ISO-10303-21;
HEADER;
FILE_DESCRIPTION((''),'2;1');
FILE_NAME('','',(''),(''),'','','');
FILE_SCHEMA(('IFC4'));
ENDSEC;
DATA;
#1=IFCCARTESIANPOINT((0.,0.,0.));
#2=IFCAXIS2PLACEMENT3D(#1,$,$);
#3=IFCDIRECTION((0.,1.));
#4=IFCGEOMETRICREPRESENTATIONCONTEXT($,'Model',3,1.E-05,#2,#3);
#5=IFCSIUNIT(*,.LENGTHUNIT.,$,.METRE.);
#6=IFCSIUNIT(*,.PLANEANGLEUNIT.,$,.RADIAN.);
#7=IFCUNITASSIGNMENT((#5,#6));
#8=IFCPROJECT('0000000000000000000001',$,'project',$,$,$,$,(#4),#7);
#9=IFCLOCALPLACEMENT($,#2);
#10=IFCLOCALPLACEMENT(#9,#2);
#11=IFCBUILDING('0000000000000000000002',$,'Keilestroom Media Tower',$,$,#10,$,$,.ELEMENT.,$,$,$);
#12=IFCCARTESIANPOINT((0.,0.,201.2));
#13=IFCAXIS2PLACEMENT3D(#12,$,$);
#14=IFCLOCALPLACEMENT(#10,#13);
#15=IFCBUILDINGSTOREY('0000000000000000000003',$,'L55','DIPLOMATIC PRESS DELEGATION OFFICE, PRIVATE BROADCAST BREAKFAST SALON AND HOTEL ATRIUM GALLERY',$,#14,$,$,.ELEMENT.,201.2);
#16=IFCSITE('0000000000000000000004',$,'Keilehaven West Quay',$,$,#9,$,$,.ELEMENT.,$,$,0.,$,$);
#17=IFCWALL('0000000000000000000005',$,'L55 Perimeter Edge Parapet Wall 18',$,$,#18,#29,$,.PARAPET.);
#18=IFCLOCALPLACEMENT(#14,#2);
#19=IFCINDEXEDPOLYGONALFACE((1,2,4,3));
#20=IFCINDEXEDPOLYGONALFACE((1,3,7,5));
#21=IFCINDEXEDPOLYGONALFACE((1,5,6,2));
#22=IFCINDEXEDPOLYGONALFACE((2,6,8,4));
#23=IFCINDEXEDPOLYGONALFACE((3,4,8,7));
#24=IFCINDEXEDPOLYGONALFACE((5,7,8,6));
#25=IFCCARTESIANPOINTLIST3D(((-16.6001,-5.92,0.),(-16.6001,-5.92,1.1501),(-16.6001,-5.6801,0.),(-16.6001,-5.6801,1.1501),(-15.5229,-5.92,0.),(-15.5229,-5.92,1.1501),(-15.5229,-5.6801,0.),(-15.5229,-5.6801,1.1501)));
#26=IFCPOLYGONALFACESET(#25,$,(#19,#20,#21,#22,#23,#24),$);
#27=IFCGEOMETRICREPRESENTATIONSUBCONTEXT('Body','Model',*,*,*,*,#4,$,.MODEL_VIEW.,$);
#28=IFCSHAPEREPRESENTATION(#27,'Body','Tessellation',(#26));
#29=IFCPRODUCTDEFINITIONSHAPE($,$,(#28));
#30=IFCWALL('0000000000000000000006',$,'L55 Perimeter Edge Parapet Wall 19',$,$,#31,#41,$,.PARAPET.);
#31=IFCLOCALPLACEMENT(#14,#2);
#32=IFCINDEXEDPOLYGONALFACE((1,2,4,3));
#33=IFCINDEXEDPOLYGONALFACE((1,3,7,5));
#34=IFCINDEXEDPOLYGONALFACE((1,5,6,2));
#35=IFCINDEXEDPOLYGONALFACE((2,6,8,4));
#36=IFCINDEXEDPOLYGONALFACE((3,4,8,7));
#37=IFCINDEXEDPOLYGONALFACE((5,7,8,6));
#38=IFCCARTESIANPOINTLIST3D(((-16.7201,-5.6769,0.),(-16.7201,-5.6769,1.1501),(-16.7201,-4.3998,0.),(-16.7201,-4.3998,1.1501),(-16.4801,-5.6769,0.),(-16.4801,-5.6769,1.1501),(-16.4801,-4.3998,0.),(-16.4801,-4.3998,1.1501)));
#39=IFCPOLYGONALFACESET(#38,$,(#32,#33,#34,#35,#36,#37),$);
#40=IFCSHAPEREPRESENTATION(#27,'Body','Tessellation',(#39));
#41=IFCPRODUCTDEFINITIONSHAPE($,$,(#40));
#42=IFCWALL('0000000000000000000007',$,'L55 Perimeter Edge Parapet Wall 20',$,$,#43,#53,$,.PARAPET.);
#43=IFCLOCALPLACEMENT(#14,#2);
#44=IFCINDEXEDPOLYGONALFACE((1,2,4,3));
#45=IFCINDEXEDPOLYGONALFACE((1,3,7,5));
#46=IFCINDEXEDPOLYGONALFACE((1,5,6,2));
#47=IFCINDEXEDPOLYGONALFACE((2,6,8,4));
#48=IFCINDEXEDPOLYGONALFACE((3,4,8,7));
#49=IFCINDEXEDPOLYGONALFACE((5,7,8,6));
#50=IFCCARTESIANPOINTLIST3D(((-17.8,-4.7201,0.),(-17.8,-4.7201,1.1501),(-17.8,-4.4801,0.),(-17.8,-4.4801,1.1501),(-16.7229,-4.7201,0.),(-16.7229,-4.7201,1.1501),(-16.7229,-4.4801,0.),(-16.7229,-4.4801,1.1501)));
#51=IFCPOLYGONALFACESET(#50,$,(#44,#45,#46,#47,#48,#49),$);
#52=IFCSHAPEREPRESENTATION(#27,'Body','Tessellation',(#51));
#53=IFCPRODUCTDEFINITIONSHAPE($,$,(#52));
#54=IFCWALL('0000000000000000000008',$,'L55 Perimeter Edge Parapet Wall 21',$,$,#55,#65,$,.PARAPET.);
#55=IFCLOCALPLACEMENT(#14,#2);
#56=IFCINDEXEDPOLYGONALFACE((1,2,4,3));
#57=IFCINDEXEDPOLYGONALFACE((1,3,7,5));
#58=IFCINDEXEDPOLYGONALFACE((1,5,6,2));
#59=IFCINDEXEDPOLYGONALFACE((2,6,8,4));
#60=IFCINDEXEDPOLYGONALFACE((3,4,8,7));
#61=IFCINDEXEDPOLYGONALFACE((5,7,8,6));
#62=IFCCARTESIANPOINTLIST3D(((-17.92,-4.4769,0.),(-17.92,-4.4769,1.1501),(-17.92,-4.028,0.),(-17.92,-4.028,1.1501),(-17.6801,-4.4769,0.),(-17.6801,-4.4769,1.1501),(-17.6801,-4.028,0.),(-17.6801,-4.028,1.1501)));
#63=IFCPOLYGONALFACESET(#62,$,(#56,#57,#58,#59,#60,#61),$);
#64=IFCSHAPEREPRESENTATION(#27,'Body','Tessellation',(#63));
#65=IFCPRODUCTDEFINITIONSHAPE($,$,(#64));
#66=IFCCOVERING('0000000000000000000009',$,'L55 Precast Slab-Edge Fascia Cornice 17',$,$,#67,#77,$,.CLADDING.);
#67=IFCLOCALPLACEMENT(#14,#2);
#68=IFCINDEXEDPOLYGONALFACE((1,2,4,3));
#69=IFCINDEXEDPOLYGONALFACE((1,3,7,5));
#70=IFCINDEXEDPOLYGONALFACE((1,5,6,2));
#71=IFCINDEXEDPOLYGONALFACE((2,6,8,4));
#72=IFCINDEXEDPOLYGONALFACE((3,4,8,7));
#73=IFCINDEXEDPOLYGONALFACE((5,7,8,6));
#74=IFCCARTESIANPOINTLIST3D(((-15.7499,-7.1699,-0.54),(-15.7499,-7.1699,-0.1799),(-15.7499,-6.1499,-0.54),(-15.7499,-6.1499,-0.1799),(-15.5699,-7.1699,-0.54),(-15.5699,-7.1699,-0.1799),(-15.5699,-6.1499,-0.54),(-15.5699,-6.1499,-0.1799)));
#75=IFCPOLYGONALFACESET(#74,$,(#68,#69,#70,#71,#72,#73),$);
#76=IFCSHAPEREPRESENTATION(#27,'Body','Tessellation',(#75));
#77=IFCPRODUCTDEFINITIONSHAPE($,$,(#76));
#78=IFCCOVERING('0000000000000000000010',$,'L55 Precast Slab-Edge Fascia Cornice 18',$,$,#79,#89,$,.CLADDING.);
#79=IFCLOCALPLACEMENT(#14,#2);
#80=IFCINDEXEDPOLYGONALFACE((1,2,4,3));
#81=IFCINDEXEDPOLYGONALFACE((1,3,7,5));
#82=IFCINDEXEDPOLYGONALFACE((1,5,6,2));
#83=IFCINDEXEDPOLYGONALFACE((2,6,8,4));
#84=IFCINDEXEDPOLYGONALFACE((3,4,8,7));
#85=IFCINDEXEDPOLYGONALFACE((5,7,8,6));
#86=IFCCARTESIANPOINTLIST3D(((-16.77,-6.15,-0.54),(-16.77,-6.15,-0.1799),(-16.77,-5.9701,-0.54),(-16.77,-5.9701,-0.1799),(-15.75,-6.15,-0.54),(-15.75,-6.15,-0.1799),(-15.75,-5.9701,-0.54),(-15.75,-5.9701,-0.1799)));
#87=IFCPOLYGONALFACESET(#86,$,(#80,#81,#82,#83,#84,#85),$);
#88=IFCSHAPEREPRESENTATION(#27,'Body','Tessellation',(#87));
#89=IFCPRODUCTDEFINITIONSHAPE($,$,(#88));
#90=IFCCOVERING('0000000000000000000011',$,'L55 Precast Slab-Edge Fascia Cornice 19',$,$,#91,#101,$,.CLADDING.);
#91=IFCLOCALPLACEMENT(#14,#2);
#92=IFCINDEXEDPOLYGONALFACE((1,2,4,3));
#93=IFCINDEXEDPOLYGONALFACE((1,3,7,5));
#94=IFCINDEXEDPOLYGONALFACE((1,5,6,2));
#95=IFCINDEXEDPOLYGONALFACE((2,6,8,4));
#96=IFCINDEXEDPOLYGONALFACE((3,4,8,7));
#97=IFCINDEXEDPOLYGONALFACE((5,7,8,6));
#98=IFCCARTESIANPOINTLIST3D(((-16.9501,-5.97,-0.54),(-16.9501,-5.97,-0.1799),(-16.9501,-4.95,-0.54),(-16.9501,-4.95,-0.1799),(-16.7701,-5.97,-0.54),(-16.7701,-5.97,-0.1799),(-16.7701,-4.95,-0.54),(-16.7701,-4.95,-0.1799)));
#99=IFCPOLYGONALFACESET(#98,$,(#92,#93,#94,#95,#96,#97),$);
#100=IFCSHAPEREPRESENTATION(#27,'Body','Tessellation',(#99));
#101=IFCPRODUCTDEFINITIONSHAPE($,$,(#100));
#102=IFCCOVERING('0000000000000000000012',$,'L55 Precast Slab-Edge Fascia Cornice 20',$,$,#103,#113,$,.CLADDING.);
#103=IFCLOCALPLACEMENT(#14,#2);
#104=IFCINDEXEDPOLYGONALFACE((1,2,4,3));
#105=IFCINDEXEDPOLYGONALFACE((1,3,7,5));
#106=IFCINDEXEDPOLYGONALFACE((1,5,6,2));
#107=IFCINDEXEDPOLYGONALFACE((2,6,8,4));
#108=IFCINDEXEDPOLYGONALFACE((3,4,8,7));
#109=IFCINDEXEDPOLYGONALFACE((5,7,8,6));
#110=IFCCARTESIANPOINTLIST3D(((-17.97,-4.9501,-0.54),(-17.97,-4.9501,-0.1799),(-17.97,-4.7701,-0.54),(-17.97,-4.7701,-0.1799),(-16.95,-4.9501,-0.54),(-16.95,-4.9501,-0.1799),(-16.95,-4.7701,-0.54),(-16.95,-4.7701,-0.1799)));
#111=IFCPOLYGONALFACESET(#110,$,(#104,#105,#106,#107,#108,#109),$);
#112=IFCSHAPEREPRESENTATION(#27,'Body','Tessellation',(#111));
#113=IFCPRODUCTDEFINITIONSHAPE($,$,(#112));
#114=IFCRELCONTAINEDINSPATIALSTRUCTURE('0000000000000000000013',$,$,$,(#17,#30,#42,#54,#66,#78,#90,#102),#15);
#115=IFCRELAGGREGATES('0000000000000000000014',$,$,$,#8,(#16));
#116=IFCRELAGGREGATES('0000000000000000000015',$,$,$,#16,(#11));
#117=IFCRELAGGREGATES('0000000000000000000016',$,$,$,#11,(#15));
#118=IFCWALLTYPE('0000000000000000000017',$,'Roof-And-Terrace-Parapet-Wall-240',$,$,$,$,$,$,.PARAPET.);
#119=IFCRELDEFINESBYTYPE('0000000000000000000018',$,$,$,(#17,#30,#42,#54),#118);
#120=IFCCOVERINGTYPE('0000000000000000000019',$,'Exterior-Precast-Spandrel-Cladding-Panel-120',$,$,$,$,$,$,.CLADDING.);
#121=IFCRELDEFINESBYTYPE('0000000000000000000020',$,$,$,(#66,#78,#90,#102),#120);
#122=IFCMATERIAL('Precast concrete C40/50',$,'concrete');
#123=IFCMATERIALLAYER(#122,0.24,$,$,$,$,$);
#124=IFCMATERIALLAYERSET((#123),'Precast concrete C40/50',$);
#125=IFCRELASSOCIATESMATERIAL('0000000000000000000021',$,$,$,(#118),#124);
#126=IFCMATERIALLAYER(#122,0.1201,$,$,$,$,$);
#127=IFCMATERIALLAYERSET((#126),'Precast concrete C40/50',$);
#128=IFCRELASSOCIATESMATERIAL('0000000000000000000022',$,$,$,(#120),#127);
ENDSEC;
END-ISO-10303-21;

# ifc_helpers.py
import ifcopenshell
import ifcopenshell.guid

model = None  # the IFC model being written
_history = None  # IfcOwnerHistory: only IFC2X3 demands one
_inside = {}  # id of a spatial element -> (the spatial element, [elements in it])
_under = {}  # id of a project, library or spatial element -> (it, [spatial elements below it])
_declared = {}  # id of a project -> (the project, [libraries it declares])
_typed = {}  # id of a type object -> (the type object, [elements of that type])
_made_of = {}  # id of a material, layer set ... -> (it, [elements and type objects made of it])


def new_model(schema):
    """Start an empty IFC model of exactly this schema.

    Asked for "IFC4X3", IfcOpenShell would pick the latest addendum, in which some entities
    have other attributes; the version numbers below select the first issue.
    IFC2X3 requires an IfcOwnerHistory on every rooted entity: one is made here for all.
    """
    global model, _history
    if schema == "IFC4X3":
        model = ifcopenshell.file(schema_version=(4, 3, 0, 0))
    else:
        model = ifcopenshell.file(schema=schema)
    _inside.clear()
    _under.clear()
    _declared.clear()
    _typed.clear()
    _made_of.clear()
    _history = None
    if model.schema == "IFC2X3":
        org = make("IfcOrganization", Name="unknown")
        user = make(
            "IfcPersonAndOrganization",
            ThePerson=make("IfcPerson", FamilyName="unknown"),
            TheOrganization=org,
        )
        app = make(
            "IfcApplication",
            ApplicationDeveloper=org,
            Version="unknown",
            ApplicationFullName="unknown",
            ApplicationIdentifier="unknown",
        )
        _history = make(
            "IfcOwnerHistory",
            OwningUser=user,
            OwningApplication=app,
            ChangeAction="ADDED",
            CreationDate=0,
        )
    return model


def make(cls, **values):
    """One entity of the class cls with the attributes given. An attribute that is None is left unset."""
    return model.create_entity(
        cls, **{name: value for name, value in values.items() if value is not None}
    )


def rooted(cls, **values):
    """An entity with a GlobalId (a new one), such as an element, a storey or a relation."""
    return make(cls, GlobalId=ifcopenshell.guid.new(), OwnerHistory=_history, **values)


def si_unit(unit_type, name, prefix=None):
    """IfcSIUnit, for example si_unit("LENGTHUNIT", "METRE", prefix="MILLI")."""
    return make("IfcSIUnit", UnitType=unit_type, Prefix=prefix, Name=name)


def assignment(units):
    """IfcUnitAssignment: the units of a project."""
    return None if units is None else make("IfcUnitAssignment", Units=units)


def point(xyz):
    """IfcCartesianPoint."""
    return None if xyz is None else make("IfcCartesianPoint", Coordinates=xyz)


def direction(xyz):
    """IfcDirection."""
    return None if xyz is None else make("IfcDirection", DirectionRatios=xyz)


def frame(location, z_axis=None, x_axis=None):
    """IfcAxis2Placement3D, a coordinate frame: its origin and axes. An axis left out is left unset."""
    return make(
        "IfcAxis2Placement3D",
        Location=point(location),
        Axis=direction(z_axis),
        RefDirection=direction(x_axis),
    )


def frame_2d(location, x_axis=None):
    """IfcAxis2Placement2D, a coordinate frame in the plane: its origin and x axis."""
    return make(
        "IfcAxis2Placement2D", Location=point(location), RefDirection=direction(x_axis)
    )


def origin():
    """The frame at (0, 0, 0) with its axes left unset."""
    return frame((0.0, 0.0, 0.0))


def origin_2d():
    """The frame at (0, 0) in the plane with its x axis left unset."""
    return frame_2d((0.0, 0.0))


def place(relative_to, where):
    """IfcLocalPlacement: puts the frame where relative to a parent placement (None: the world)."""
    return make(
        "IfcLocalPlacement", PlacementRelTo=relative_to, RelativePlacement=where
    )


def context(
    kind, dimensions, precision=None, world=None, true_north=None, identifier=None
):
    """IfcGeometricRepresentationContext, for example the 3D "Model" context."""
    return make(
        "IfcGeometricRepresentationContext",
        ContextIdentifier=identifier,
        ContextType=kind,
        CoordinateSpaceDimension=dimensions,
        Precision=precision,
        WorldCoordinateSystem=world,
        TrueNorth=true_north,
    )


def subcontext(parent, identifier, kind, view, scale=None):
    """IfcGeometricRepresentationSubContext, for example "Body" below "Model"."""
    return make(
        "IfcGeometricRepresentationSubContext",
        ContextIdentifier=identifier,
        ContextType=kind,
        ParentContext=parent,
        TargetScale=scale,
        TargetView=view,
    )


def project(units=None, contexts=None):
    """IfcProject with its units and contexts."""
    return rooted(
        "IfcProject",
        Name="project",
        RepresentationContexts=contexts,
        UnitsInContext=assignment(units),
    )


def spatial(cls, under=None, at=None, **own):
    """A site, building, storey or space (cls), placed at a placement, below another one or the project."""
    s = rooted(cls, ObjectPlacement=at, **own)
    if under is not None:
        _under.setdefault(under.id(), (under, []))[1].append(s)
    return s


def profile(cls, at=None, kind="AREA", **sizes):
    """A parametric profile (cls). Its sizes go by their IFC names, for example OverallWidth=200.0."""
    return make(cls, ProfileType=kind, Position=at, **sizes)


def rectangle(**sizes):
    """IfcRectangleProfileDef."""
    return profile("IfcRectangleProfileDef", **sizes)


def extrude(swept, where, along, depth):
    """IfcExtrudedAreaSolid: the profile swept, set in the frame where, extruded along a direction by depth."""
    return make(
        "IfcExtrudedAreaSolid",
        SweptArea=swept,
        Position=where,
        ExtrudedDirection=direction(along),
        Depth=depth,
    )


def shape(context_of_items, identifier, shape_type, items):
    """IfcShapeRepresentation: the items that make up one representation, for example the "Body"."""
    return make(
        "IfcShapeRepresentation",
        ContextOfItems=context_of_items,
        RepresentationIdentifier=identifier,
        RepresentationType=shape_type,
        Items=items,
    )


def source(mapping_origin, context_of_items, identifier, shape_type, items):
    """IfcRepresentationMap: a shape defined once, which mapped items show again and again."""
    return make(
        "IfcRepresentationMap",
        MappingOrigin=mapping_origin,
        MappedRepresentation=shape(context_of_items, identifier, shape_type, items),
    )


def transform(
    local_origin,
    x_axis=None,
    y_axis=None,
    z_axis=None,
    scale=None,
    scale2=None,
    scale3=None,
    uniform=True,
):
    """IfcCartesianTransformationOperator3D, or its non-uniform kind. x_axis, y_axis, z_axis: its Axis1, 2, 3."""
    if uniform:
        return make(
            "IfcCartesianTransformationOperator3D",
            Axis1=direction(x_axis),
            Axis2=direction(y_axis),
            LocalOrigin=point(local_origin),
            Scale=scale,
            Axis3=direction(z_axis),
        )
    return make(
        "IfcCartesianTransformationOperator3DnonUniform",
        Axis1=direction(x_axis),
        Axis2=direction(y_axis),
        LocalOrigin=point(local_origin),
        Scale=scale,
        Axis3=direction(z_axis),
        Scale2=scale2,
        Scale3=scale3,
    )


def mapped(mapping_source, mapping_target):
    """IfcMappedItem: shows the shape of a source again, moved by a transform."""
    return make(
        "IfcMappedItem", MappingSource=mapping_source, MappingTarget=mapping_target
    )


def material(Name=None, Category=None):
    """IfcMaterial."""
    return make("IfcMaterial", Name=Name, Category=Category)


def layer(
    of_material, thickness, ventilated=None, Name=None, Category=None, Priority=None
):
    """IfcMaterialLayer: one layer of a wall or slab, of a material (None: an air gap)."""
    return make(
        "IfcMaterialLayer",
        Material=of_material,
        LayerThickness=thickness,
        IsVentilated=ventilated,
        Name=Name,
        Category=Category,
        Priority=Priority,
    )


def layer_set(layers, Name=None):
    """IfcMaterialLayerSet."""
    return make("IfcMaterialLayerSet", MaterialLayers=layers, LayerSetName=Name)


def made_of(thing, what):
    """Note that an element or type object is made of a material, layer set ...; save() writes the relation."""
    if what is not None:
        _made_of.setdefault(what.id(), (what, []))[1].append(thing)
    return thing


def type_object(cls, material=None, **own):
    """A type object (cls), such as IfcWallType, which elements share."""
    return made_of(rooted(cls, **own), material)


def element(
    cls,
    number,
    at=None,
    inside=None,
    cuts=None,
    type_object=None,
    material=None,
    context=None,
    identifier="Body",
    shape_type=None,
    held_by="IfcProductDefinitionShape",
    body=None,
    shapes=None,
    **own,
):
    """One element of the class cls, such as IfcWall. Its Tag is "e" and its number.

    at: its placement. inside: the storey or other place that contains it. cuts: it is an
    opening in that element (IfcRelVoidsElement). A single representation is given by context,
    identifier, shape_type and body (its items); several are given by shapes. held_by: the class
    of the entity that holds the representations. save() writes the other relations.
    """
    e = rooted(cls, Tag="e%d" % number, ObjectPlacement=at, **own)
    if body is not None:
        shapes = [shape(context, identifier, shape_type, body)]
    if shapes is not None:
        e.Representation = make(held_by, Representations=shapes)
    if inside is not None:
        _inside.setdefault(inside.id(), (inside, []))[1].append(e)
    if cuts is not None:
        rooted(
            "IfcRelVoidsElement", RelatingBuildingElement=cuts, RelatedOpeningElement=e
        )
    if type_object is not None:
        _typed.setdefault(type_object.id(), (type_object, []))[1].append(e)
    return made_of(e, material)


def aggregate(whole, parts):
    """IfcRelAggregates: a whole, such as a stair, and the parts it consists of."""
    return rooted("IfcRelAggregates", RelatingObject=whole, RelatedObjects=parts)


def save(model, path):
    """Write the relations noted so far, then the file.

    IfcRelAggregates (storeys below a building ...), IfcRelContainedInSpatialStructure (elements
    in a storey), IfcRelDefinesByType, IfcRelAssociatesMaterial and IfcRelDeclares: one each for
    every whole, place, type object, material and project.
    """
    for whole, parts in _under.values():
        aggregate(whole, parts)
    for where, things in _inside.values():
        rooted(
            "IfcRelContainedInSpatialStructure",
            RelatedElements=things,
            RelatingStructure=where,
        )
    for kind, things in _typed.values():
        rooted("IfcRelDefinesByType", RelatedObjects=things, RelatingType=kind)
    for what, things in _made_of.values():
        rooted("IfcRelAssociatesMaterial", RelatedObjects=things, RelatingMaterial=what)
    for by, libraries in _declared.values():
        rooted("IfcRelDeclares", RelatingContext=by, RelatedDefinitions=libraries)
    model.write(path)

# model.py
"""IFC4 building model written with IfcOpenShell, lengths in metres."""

from ifc_helpers import new_model, si_unit, direction, frame, frame_2d, origin, origin_2d, place, context, subcontext, project, spatial, rectangle, extrude, source, transform, mapped, material, layer, layer_set, type_object, element, save


model = new_model("IFC4")

# Units and contexts
model_context = context("Model", 3, precision=1e-05, world=origin(), true_north=direction((0.0, 1.0)))
body_context = subcontext(model_context, "Body", "Model", "MODEL_VIEW")
ifc_project = project(units=[si_unit("LENGTHUNIT", "METRE"), si_unit("PLANEANGLEUNIT", "RADIAN")], contexts=[model_context])

# Site, building, storey
site_placement = place(None, origin())
site = spatial("IfcSite", under=ifc_project, at=site_placement, Name="Keilehaven West Quay", CompositionType="ELEMENT", RefElevation=0.0)
building_placement = place(site_placement, origin())
building = spatial("IfcBuilding", under=site, at=building_placement, Name="Keilestroom Media Tower", CompositionType="ELEMENT")
storey_placement = place(building_placement, frame((0.0, 0.0, 201.2)))
storey = spatial("IfcBuildingStorey", under=building, at=storey_placement, Name="L55", Description="DIPLOMATIC PRESS DELEGATION OFFICE, PRIVATE BROADCAST BREAKFAST SALON AND HOTEL ATRIUM GALLERY", CompositionType="ELEMENT", Elevation=201.2)

# Shared definitions
ifc_material_1 = material(Name="Precast concrete C40/50", Category="concrete")

# Walls
ifc_layer_1 = layer(ifc_material_1, 0.24)
ifc_layer_set_1 = layer_set([ifc_layer_1], Name="Precast concrete C40/50")
wall_type = type_object("IfcWallType", Name="Roof-And-Terrace-Parapet-Wall-240", PredefinedType="PARAPET", material=ifc_layer_set_1)
wall_1_placement = place(storey_placement, frame((-15.5229, -5.8, 0.0), z_axis=(0.0, 0.0, 1.0), x_axis=(-1.0, 0.0, 0.0)))
element("IfcWall", 1, at=wall_1_placement, inside=storey, type_object=wall_type, Name="L55 Perimeter Edge Parapet Wall 18", PredefinedType="PARAPET", context=body_context, shape_type="SweptSolid", body=[
    extrude(rectangle(XDim=1.0771, YDim=0.24, at=frame_2d((0.5386, 0.0))), origin(), (0.0, 0.0, 1.0), 1.1501),
])
wall_2_placement = place(storey_placement, frame((-16.6001, -5.677, 0.0), z_axis=(0.0, 0.0, 1.0), x_axis=(0.0, 1.0, 0.0)))
element("IfcWall", 2, at=wall_2_placement, inside=storey, type_object=wall_type, Name="L55 Perimeter Edge Parapet Wall 19", PredefinedType="PARAPET", context=body_context, shape_type="SweptSolid", body=[
    extrude(rectangle(XDim=1.2771, YDim=0.24, at=frame_2d((0.6387, 0.0))), origin(), (0.0, 0.0, 1.0), 1.1501),
])
wall_3_placement = place(storey_placement, frame((-16.7229, -4.6001, 0.0), z_axis=(0.0, 0.0, 1.0), x_axis=(-1.0, 0.0, 0.0)))
element("IfcWall", 3, at=wall_3_placement, inside=storey, type_object=wall_type, Name="L55 Perimeter Edge Parapet Wall 20", PredefinedType="PARAPET", context=body_context, shape_type="SweptSolid", body=[
    extrude(rectangle(XDim=1.0771, YDim=0.24, at=frame_2d((0.5386, 0.0))), origin(), (0.0, 0.0, 1.0), 1.1501),
])
wall_4_placement = place(storey_placement, frame((-17.8, -4.4771, 0.0), z_axis=(0.0, 0.0, 1.0), x_axis=(0.0, 1.0, 0.0)))
element("IfcWall", 4, at=wall_4_placement, inside=storey, type_object=wall_type, Name="L55 Perimeter Edge Parapet Wall 21", PredefinedType="PARAPET", context=body_context, shape_type="SweptSolid", body=[
    extrude(rectangle(XDim=0.449, YDim=0.24, at=frame_2d((0.2246, 0.0))), origin(), (0.0, 0.0, 1.0), 1.1501),
])

# Coverings
ifc_layer_2 = layer(ifc_material_1, 0.1201)
ifc_layer_set_2 = layer_set([ifc_layer_2], Name="Precast concrete C40/50")
covering_type = type_object("IfcCoveringType", Name="Exterior-Precast-Spandrel-Cladding-Panel-120", PredefinedType="CLADDING", material=ifc_layer_set_2)
shared_shape_1 = source(origin(), body_context, "Body", "SweptSolid", [
    extrude(rectangle(XDim=1.02, YDim=0.1799, at=origin_2d()), origin(), (0.0, 0.0, 1.0), 0.3601),
])
for number, where, z_axis, x_axis, name in (
    (5, (-15.6599, -6.6599, -0.54), (0.0, 0.0, 1.0), (0.0, 1.0, 0.0), "L55 Precast Slab-Edge Fascia Cornice 17"),
    (6, (-16.26, -6.0601, -0.54), (0.0, 0.0, 1.0), (-1.0, 0.0, 0.0), "L55 Precast Slab-Edge Fascia Cornice 18"),
    (7, (-16.8601, -5.46, -0.54), (0.0, 0.0, 1.0), (0.0, 1.0, 0.0), "L55 Precast Slab-Edge Fascia Cornice 19"),
    (8, (-17.46, -4.8601, -0.54), (0.0, 0.0, 1.0), (-1.0, 0.0, 0.0), "L55 Precast Slab-Edge Fascia Cornice 20"),
):
    element("IfcCovering", number, at=place(storey_placement, frame(where, z_axis=z_axis, x_axis=x_axis)), inside=storey, type_object=covering_type, Name=name, PredefinedType="CLADDING", context=body_context, shape_type="MappedRepresentation", body=[
        mapped(shared_shape_1, transform((0.0, 0.0, 0.0), x_axis=(1.0, 0.0, 0.0), y_axis=(0.0, 1.0, 0.0), z_axis=(0.0, 0.0, 1.0), scale=1.0)),
    ])

save(model, "model.ifc")
